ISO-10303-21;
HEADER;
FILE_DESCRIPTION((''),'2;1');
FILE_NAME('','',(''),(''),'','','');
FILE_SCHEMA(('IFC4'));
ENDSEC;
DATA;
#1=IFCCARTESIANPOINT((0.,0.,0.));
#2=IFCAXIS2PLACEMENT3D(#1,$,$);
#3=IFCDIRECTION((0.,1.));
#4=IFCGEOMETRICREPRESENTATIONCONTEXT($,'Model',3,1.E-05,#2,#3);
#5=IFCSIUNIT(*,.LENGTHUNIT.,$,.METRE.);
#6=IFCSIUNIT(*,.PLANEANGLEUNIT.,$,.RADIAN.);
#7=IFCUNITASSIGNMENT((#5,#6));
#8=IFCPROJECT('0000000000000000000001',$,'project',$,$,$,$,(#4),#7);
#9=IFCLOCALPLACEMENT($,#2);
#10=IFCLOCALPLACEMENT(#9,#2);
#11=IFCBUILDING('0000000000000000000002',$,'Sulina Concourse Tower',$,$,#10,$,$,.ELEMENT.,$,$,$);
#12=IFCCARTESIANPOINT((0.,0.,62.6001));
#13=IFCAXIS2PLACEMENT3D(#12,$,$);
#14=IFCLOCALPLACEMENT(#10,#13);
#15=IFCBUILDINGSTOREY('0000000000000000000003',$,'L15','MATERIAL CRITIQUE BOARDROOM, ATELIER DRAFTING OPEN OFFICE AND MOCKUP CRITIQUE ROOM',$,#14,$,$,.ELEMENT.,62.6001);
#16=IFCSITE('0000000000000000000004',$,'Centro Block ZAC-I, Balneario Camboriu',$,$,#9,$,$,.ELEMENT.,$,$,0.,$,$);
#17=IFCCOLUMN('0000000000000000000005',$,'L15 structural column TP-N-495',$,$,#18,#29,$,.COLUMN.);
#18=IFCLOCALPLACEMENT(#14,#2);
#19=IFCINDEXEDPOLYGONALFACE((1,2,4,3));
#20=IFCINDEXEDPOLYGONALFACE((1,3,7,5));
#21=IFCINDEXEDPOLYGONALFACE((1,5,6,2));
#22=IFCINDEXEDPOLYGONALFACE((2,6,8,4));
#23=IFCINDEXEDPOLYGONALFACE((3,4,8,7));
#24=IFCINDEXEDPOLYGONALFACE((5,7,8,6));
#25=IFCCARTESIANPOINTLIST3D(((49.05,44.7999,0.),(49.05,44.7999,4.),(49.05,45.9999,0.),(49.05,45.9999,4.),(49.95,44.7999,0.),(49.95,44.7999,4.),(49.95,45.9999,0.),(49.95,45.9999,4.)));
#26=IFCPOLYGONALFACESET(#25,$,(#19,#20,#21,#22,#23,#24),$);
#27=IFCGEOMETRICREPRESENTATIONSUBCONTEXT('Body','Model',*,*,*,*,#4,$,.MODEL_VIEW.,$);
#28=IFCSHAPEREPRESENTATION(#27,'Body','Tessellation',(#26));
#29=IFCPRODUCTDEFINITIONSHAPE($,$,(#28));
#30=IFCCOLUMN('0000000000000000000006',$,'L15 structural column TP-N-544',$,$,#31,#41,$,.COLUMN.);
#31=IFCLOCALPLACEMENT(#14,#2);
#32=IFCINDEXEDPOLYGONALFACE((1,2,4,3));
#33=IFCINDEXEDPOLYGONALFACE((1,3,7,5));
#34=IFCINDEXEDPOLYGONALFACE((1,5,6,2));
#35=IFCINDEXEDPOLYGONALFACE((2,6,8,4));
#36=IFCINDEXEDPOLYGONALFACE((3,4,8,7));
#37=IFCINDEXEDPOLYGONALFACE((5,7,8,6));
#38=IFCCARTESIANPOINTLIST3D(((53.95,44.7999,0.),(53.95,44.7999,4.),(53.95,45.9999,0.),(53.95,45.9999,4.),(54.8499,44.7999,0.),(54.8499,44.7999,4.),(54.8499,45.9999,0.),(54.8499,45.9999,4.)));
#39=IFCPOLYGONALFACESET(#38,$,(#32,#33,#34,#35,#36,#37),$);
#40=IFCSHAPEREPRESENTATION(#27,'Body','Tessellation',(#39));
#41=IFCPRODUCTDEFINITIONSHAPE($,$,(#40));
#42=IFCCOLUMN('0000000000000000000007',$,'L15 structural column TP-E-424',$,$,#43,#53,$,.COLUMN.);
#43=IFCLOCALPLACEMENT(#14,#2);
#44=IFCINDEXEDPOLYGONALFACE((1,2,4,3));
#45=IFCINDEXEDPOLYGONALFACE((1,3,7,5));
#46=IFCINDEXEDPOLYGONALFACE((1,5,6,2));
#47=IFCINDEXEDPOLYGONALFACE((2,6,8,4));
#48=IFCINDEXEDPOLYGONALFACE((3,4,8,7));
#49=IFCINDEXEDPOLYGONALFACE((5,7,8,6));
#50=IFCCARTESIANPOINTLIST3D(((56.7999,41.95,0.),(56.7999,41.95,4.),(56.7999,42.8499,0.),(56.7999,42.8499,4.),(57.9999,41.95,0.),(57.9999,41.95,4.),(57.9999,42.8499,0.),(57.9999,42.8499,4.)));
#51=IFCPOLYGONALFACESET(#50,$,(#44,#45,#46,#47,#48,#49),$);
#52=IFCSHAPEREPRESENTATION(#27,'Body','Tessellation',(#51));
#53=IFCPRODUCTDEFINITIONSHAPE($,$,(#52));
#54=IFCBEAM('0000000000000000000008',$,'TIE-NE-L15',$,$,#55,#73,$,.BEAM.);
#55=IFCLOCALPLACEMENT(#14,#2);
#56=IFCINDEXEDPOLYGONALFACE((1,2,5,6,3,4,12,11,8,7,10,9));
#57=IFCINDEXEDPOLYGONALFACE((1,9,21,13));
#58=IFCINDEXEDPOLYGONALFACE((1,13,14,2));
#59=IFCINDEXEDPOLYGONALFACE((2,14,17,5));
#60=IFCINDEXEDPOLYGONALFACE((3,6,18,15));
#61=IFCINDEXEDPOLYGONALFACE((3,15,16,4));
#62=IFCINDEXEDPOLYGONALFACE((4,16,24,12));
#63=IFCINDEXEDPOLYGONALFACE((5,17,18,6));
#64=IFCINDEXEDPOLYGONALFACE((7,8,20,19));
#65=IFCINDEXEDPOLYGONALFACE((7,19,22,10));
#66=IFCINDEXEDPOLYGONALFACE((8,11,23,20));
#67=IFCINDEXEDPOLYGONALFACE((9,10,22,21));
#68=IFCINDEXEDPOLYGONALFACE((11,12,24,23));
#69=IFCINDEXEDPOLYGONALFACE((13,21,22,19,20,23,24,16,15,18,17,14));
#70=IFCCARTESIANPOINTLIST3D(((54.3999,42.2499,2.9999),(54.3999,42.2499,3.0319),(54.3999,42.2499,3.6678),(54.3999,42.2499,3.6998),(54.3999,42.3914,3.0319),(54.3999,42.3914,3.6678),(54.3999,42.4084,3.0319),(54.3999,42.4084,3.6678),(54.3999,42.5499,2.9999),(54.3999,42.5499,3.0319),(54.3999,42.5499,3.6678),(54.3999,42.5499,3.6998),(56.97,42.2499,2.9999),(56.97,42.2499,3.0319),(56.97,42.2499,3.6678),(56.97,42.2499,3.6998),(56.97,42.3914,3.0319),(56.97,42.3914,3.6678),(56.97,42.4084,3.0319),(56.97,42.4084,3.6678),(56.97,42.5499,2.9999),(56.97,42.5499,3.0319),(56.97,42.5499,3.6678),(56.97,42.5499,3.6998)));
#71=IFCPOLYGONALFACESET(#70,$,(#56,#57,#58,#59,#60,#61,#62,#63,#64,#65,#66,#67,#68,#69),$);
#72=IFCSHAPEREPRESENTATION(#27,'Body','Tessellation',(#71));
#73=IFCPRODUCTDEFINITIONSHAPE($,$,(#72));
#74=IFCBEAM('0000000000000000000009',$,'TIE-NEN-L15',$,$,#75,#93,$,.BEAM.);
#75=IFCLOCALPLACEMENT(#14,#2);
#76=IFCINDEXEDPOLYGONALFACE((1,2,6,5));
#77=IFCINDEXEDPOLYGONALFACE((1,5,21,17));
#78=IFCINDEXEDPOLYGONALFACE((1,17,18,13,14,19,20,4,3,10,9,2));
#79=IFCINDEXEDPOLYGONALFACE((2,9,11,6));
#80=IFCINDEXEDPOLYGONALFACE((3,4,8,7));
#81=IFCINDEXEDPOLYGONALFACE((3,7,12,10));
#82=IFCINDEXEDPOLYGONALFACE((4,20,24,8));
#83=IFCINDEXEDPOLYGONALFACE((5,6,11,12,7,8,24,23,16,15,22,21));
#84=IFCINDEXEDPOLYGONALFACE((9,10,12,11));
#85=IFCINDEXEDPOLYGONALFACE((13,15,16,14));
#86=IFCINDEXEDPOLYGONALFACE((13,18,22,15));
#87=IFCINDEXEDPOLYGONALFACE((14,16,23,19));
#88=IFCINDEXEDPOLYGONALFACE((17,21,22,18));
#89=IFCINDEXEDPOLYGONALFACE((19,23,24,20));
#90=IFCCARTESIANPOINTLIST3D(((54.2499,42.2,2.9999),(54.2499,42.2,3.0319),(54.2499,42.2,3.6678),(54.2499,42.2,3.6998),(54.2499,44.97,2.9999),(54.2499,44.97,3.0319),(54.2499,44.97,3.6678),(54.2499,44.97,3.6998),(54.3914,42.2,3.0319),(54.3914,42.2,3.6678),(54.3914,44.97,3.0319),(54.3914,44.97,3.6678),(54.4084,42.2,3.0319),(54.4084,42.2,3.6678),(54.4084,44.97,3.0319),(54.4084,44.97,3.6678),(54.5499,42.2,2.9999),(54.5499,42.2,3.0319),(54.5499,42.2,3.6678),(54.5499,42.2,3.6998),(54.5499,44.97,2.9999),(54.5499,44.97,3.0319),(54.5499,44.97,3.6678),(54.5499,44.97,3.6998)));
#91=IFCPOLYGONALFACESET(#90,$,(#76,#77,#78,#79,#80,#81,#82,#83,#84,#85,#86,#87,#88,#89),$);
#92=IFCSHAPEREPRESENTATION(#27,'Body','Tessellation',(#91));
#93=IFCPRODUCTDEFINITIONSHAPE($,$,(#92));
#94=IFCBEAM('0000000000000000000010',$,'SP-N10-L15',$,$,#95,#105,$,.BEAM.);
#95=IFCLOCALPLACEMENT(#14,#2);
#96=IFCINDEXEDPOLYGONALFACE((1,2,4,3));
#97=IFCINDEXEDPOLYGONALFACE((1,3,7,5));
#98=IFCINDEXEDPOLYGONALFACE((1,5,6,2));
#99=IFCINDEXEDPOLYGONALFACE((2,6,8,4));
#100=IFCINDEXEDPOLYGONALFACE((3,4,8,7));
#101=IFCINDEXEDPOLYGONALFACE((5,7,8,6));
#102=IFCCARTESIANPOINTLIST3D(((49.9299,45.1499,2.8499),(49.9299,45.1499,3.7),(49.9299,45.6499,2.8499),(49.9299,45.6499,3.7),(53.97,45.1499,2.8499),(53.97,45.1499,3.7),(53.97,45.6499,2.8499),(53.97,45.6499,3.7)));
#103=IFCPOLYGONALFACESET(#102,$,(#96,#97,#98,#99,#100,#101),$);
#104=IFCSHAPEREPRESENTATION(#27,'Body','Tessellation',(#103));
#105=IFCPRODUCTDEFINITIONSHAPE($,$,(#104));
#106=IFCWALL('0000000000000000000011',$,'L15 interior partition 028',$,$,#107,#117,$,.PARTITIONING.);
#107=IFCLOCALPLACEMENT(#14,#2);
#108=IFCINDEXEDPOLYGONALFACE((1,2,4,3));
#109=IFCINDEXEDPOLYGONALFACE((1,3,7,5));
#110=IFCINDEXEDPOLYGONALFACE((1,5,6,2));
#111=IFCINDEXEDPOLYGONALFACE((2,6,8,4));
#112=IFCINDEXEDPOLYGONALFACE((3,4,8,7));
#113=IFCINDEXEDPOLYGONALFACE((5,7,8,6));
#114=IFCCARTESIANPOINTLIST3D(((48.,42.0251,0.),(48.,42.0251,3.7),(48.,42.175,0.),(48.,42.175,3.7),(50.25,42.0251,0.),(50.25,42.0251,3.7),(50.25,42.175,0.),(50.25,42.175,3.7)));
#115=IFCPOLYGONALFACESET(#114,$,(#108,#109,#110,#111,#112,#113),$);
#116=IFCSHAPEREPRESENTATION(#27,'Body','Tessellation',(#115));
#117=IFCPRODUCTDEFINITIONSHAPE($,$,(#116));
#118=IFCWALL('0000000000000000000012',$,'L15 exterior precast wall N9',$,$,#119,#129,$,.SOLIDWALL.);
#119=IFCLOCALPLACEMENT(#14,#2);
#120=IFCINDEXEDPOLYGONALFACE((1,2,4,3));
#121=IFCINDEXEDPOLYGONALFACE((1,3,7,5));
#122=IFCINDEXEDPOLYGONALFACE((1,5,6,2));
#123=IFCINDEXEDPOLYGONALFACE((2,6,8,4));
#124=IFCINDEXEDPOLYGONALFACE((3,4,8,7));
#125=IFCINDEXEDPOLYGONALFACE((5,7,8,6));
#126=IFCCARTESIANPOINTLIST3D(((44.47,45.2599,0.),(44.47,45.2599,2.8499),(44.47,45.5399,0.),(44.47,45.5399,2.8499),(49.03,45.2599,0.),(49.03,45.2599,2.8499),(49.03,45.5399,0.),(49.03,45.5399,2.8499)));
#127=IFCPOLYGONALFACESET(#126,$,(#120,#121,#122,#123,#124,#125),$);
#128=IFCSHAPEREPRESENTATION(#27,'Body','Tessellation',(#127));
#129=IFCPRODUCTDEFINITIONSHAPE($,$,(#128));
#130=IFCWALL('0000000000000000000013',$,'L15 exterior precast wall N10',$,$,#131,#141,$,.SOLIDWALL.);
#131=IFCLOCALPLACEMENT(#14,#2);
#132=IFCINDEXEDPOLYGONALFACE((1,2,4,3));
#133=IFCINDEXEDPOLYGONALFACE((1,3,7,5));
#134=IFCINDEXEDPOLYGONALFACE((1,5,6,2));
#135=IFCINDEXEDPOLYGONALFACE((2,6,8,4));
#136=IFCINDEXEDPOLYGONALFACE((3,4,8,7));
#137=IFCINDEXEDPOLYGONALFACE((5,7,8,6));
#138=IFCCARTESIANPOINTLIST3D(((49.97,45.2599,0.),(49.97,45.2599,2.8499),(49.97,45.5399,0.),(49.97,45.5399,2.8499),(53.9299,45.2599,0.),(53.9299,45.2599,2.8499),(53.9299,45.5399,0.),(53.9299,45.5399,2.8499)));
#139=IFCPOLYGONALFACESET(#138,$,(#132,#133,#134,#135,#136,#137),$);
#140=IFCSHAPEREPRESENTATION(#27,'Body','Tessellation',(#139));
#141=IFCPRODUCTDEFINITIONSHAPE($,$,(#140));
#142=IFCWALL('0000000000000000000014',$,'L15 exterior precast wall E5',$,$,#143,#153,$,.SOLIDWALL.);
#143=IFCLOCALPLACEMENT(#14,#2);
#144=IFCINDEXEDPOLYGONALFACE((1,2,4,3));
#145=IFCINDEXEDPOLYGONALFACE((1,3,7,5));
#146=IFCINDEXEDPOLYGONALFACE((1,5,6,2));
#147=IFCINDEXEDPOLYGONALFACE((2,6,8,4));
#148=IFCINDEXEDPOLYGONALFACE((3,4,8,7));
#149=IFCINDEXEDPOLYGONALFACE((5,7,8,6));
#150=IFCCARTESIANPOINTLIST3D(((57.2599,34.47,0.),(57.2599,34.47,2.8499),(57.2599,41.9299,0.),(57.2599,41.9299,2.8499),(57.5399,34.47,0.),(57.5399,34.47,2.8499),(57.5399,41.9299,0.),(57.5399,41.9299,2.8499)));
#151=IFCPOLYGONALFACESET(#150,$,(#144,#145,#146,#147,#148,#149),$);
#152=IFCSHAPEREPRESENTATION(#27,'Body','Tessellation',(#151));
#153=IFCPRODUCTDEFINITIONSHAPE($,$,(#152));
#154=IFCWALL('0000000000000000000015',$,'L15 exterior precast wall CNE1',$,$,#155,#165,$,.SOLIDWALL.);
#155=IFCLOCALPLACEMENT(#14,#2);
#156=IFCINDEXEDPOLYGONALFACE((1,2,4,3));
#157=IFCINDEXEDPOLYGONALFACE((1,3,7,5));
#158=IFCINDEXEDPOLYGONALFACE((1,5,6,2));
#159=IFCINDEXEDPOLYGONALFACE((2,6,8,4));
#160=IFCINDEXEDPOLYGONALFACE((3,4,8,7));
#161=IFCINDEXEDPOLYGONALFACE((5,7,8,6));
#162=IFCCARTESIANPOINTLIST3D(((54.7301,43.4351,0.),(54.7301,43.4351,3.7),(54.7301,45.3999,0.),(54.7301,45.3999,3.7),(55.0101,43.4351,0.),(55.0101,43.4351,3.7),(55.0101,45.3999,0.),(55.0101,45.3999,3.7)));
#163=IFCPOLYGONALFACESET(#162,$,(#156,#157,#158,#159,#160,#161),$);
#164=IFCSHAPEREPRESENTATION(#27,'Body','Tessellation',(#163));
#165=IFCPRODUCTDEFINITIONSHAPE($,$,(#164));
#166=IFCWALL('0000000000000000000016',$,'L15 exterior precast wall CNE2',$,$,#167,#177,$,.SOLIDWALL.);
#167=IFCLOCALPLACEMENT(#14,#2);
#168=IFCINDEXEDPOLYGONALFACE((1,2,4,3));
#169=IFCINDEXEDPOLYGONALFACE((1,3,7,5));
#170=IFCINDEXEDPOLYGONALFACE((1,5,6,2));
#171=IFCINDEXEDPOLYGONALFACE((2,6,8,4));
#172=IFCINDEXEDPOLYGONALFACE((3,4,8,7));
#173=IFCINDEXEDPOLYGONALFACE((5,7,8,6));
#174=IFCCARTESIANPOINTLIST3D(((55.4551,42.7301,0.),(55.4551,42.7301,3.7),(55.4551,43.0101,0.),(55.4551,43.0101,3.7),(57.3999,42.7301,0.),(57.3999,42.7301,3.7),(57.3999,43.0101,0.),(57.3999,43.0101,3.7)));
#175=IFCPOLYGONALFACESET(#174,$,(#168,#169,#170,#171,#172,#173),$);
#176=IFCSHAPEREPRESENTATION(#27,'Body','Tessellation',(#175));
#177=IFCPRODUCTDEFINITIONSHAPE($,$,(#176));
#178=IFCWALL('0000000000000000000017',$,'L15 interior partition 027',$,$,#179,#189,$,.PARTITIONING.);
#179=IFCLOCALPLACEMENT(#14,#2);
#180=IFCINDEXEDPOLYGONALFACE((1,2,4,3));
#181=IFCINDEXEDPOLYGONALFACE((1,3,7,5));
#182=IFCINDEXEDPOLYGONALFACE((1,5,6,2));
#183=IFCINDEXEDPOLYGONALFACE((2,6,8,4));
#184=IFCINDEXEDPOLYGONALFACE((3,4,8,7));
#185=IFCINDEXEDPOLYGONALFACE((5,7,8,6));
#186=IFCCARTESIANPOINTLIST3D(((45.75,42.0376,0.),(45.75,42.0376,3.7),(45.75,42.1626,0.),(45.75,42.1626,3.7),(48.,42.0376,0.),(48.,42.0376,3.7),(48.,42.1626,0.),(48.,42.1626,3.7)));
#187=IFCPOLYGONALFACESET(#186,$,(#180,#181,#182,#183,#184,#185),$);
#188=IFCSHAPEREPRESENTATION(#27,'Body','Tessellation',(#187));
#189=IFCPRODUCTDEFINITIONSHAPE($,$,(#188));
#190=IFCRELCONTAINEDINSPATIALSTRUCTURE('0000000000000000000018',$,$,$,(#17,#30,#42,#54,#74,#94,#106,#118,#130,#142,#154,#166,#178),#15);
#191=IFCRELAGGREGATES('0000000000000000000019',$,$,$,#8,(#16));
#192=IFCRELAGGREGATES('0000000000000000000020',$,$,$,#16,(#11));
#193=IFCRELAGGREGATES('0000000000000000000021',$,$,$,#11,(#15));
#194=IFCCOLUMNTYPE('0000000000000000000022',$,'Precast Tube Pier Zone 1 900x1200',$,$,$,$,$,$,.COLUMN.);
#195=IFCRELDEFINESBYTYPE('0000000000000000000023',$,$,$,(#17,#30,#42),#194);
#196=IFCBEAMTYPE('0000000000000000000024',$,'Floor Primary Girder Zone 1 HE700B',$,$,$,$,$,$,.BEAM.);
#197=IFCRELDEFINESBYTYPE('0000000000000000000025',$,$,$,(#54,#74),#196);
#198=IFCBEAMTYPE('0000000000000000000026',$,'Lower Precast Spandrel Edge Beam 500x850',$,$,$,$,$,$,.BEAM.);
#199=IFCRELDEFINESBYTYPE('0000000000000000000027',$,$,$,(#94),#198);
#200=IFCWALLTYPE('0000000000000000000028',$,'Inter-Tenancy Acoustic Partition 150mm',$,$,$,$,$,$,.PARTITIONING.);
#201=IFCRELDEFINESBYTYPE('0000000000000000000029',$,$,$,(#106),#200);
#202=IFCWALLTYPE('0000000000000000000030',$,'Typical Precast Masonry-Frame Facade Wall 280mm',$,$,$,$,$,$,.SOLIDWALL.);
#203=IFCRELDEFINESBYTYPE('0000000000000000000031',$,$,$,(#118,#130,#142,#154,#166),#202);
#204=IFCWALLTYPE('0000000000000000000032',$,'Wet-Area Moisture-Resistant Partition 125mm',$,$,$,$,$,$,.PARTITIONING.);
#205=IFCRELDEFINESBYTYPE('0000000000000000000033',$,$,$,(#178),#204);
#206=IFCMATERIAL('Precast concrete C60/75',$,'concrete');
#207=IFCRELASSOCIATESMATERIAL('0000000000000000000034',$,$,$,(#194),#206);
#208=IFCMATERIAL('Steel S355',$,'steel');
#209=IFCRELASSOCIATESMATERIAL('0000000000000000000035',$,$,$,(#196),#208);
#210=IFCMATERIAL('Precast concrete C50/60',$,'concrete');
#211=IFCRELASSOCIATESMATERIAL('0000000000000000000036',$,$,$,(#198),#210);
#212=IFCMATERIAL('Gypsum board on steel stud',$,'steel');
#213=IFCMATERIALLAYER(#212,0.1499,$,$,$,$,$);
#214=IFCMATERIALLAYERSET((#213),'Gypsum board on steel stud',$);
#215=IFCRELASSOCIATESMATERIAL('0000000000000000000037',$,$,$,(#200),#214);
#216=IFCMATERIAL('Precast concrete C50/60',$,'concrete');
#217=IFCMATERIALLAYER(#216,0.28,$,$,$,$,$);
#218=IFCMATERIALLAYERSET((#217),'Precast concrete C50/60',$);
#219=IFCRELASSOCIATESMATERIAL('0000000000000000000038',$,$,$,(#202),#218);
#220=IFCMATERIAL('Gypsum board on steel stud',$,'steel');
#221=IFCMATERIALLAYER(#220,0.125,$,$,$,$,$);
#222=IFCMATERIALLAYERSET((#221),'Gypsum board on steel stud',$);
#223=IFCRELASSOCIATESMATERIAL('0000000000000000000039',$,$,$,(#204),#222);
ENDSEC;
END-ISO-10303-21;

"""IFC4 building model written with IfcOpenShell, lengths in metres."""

from ifc_helpers import new_model, si_unit, direction, frame, frame_2d, origin, origin_2d, place, context, subcontext, project, spatial, rectangle, i_section, extrude, material, layer, layer_set, material_profile, profile_set, type_object, element, save


model = new_model("IFC4")

# Units and contexts
model_context = context("Model", 3, precision=1e-05, world=origin(), true_north=direction((0.0, 1.0)))
body_context = subcontext(model_context, "Body", "Model", "MODEL_VIEW")
ifc_project = project(units=[si_unit("LENGTHUNIT", "METRE"), si_unit("PLANEANGLEUNIT", "RADIAN")], contexts=[model_context])

# Site, building, storey
site_placement = place(None, origin())
site = spatial("IfcSite", under=ifc_project, at=site_placement, Name="Centro Block ZAC-I, Balneario Camboriu", CompositionType="ELEMENT", RefElevation=0.0)
building_placement = place(site_placement, origin())
building = spatial("IfcBuilding", under=site, at=building_placement, Name="Sulina Concourse Tower", CompositionType="ELEMENT")
storey_placement = place(building_placement, frame((0.0, 0.0, 62.6001)))
storey = spatial("IfcBuildingStorey", under=building, at=storey_placement, Name="L15", Description="MATERIAL CRITIQUE BOARDROOM, ATELIER DRAFTING OPEN OFFICE AND MOCKUP CRITIQUE ROOM", CompositionType="ELEMENT", Elevation=62.6001)

# Columns
ifc_material_1 = material(Name="Precast concrete C60/75", Category="concrete")
ifc_material_profile_1 = material_profile(ifc_material_1, rectangle(XDim=0.8999, YDim=1.2, at=origin_2d()), Name="PC 900x1200")
ifc_profile_set_1 = profile_set([ifc_material_profile_1], Name="Precast concrete C60/75")
column_type = type_object("IfcColumnType", Name="Precast Tube Pier Zone 1 900x1200", PredefinedType="COLUMN", material=ifc_profile_set_1)
for number, where, z_axis, x_axis, name in (
    (1, (49.5, 45.3999, 0.0), (0.0, 0.0, 1.0), (1.0, 0.0, 0.0), "L15 structural column TP-N-495"),
    (2, (54.3999, 45.3999, 0.0), (0.0, 0.0, 1.0), (1.0, 0.0, 0.0), "L15 structural column TP-N-544"),
    (3, (57.3999, 42.3999, 0.0), (0.0, 0.0, 1.0), (0.0, 1.0, 0.0), "L15 structural column TP-E-424"),
):
    element("IfcColumn", number, at=place(storey_placement, frame(where, z_axis=z_axis, x_axis=x_axis)), inside=storey, type_object=column_type, Name=name, PredefinedType="COLUMN", context=body_context, shape_type="SweptSolid", body=[
        extrude(rectangle(XDim=0.8999, YDim=1.2, at=origin_2d()), origin(), (0.0, 0.0, 1.0), 4.0),
    ])

# Beams
ifc_material_2 = material(Name="Steel S355", Category="steel")
ifc_material_profile_2 = material_profile(ifc_material_2, i_section(OverallWidth=0.3, OverallDepth=0.7, WebThickness=0.0171, FlangeThickness=0.032, at=origin_2d()), Name="HE 700 B")
ifc_profile_set_2 = profile_set([ifc_material_profile_2], Name="Steel S355")
beam_type_1 = type_object("IfcBeamType", Name="Floor Primary Girder Zone 1 HE700B", PredefinedType="BEAM", material=ifc_profile_set_2)
beam_1_placement = place(storey_placement, frame((54.3999, 42.3999, 3.3499), z_axis=(1.0, 0.0, 0.0), x_axis=(0.0, 1.0, 0.0)))
element("IfcBeam", 4, at=beam_1_placement, inside=storey, type_object=beam_type_1, Name="TIE-NE-L15", PredefinedType="BEAM", context=body_context, shape_type="SweptSolid", body=[
    extrude(i_section(OverallWidth=0.3, OverallDepth=0.7, WebThickness=0.0171, FlangeThickness=0.032, at=origin_2d()), origin(), (0.0, 0.0, 1.0), 2.5701),
])
beam_2_placement = place(storey_placement, frame((54.3999, 42.2, 3.3499), z_axis=(0.0, 1.0, 0.0), x_axis=(-1.0, 0.0, 0.0)))
element("IfcBeam", 5, at=beam_2_placement, inside=storey, type_object=beam_type_1, Name="TIE-NEN-L15", PredefinedType="BEAM", context=body_context, shape_type="SweptSolid", body=[
    extrude(i_section(OverallWidth=0.3, OverallDepth=0.7, WebThickness=0.0171, FlangeThickness=0.032, at=origin_2d()), origin(), (0.0, 0.0, 1.0), 2.77),
])
ifc_material_3 = material(Name="Precast concrete C50/60", Category="concrete")
ifc_material_profile_3 = material_profile(ifc_material_3, rectangle(XDim=0.5, YDim=0.8501, at=origin_2d()), Name="RC 500x850")
ifc_profile_set_3 = profile_set([ifc_material_profile_3], Name="Precast concrete C50/60")
beam_type_2 = type_object("IfcBeamType", Name="Lower Precast Spandrel Edge Beam 500x850", PredefinedType="BEAM", material=ifc_profile_set_3)
beam_3_placement = place(storey_placement, frame((49.9299, 45.3999, 3.2749), z_axis=(1.0, 0.0, 0.0), x_axis=(0.0, 1.0, 0.0)))
element("IfcBeam", 6, at=beam_3_placement, inside=storey, type_object=beam_type_2, Name="SP-N10-L15", PredefinedType="BEAM", context=body_context, shape_type="SweptSolid", body=[
    extrude(rectangle(XDim=0.5, YDim=0.8501, at=origin_2d()), origin(), (0.0, 0.0, 1.0), 4.04),
])

# Walls
ifc_material_4 = material(Name="Gypsum board on steel stud", Category="steel")
ifc_layer_1 = layer(ifc_material_4, 0.1499)
ifc_layer_set_1 = layer_set([ifc_layer_1], Name="Gypsum board on steel stud")
wall_type_1 = type_object("IfcWallType", Name="Inter-Tenancy Acoustic Partition 150mm", PredefinedType="PARTITIONING", material=ifc_layer_set_1)
wall_1_placement = place(storey_placement, frame((48.0, 42.1001, 0.0), z_axis=(0.0, 0.0, 1.0), x_axis=(1.0, 0.0, 0.0)))
element("IfcWall", 7, at=wall_1_placement, inside=storey, type_object=wall_type_1, Name="L15 interior partition 028", PredefinedType="PARTITIONING", context=body_context, shape_type="SweptSolid", body=[
    extrude(rectangle(XDim=2.25, YDim=0.1499, at=frame_2d((1.125, 0.0))), origin(), (0.0, 0.0, 1.0), 3.7),
])
ifc_material_5 = material(Name="Precast concrete C50/60", Category="concrete")
ifc_layer_2 = layer(ifc_material_5, 0.28)
ifc_layer_set_2 = layer_set([ifc_layer_2], Name="Precast concrete C50/60")
wall_type_2 = type_object("IfcWallType", Name="Typical Precast Masonry-Frame Facade Wall 280mm", PredefinedType="SOLIDWALL", material=ifc_layer_set_2)
wall_2_placement = place(storey_placement, frame((44.47, 45.3999, 0.0), z_axis=(0.0, 0.0, 1.0), x_axis=(1.0, 0.0, 0.0)))
element("IfcWall", 8, at=wall_2_placement, inside=storey, type_object=wall_type_2, Name="L15 exterior precast wall N9", PredefinedType="SOLIDWALL", context=body_context, shape_type="SweptSolid", body=[
    extrude(rectangle(XDim=4.5601, YDim=0.28, at=frame_2d((2.28, 0.0))), origin(), (0.0, 0.0, 1.0), 2.8499),
])
wall_3_placement = place(storey_placement, frame((49.97, 45.3999, 0.0), z_axis=(0.0, 0.0, 1.0), x_axis=(1.0, 0.0, 0.0)))
element("IfcWall", 9, at=wall_3_placement, inside=storey, type_object=wall_type_2, Name="L15 exterior precast wall N10", PredefinedType="SOLIDWALL", context=body_context, shape_type="SweptSolid", body=[
    extrude(rectangle(XDim=3.96, YDim=0.28, at=frame_2d((1.98, 0.0))), origin(), (0.0, 0.0, 1.0), 2.8499),
])
wall_4_placement = place(storey_placement, frame((57.3999, 41.9299, 0.0), z_axis=(0.0, 0.0, 1.0), x_axis=(0.0, -1.0, 0.0)))
element("IfcWall", 10, at=wall_4_placement, inside=storey, type_object=wall_type_2, Name="L15 exterior precast wall E5", PredefinedType="SOLIDWALL", context=body_context, shape_type="SweptSolid", body=[
    extrude(rectangle(XDim=7.46, YDim=0.28, at=frame_2d((3.73, 0.0))), origin(), (0.0, 0.0, 1.0), 2.8499),
])
wall_5_placement = place(storey_placement, frame((54.8701, 45.3999, 0.0), z_axis=(0.0, 0.0, 1.0), x_axis=(0.0, -1.0, 0.0)))
element("IfcWall", 11, at=wall_5_placement, inside=storey, type_object=wall_type_2, Name="L15 exterior precast wall CNE1", PredefinedType="SOLIDWALL", context=body_context, shape_type="SweptSolid", body=[
    extrude(rectangle(XDim=1.9648, YDim=0.28, at=frame_2d((0.9824, 0.0))), origin(), (0.0, 0.0, 1.0), 3.7),
])
wall_6_placement = place(storey_placement, frame((55.4551, 42.8701, 0.0), z_axis=(0.0, 0.0, 1.0), x_axis=(1.0, 0.0, 0.0)))
element("IfcWall", 12, at=wall_6_placement, inside=storey, type_object=wall_type_2, Name="L15 exterior precast wall CNE2", PredefinedType="SOLIDWALL", context=body_context, shape_type="SweptSolid", body=[
    extrude(rectangle(XDim=1.9448, YDim=0.28, at=frame_2d((0.9724, 0.0))), origin(), (0.0, 0.0, 1.0), 3.7),
])
ifc_material_6 = material(Name="Gypsum board on steel stud", Category="steel")
ifc_layer_3 = layer(ifc_material_6, 0.125)
ifc_layer_set_3 = layer_set([ifc_layer_3], Name="Gypsum board on steel stud")
wall_type_3 = type_object("IfcWallType", Name="Wet-Area Moisture-Resistant Partition 125mm", PredefinedType="PARTITIONING", material=ifc_layer_set_3)
wall_7_placement = place(storey_placement, frame((45.75, 42.1001, 0.0), z_axis=(0.0, 0.0, 1.0), x_axis=(1.0, 0.0, 0.0)))
element("IfcWall", 13, at=wall_7_placement, inside=storey, type_object=wall_type_3, Name="L15 interior partition 027", PredefinedType="PARTITIONING", context=body_context, shape_type="SweptSolid", body=[
    extrude(rectangle(XDim=2.25, YDim=0.125, at=frame_2d((1.125, 0.0))), origin(), (0.0, 0.0, 1.0), 3.7),
])

save(model, "model.ifc")
